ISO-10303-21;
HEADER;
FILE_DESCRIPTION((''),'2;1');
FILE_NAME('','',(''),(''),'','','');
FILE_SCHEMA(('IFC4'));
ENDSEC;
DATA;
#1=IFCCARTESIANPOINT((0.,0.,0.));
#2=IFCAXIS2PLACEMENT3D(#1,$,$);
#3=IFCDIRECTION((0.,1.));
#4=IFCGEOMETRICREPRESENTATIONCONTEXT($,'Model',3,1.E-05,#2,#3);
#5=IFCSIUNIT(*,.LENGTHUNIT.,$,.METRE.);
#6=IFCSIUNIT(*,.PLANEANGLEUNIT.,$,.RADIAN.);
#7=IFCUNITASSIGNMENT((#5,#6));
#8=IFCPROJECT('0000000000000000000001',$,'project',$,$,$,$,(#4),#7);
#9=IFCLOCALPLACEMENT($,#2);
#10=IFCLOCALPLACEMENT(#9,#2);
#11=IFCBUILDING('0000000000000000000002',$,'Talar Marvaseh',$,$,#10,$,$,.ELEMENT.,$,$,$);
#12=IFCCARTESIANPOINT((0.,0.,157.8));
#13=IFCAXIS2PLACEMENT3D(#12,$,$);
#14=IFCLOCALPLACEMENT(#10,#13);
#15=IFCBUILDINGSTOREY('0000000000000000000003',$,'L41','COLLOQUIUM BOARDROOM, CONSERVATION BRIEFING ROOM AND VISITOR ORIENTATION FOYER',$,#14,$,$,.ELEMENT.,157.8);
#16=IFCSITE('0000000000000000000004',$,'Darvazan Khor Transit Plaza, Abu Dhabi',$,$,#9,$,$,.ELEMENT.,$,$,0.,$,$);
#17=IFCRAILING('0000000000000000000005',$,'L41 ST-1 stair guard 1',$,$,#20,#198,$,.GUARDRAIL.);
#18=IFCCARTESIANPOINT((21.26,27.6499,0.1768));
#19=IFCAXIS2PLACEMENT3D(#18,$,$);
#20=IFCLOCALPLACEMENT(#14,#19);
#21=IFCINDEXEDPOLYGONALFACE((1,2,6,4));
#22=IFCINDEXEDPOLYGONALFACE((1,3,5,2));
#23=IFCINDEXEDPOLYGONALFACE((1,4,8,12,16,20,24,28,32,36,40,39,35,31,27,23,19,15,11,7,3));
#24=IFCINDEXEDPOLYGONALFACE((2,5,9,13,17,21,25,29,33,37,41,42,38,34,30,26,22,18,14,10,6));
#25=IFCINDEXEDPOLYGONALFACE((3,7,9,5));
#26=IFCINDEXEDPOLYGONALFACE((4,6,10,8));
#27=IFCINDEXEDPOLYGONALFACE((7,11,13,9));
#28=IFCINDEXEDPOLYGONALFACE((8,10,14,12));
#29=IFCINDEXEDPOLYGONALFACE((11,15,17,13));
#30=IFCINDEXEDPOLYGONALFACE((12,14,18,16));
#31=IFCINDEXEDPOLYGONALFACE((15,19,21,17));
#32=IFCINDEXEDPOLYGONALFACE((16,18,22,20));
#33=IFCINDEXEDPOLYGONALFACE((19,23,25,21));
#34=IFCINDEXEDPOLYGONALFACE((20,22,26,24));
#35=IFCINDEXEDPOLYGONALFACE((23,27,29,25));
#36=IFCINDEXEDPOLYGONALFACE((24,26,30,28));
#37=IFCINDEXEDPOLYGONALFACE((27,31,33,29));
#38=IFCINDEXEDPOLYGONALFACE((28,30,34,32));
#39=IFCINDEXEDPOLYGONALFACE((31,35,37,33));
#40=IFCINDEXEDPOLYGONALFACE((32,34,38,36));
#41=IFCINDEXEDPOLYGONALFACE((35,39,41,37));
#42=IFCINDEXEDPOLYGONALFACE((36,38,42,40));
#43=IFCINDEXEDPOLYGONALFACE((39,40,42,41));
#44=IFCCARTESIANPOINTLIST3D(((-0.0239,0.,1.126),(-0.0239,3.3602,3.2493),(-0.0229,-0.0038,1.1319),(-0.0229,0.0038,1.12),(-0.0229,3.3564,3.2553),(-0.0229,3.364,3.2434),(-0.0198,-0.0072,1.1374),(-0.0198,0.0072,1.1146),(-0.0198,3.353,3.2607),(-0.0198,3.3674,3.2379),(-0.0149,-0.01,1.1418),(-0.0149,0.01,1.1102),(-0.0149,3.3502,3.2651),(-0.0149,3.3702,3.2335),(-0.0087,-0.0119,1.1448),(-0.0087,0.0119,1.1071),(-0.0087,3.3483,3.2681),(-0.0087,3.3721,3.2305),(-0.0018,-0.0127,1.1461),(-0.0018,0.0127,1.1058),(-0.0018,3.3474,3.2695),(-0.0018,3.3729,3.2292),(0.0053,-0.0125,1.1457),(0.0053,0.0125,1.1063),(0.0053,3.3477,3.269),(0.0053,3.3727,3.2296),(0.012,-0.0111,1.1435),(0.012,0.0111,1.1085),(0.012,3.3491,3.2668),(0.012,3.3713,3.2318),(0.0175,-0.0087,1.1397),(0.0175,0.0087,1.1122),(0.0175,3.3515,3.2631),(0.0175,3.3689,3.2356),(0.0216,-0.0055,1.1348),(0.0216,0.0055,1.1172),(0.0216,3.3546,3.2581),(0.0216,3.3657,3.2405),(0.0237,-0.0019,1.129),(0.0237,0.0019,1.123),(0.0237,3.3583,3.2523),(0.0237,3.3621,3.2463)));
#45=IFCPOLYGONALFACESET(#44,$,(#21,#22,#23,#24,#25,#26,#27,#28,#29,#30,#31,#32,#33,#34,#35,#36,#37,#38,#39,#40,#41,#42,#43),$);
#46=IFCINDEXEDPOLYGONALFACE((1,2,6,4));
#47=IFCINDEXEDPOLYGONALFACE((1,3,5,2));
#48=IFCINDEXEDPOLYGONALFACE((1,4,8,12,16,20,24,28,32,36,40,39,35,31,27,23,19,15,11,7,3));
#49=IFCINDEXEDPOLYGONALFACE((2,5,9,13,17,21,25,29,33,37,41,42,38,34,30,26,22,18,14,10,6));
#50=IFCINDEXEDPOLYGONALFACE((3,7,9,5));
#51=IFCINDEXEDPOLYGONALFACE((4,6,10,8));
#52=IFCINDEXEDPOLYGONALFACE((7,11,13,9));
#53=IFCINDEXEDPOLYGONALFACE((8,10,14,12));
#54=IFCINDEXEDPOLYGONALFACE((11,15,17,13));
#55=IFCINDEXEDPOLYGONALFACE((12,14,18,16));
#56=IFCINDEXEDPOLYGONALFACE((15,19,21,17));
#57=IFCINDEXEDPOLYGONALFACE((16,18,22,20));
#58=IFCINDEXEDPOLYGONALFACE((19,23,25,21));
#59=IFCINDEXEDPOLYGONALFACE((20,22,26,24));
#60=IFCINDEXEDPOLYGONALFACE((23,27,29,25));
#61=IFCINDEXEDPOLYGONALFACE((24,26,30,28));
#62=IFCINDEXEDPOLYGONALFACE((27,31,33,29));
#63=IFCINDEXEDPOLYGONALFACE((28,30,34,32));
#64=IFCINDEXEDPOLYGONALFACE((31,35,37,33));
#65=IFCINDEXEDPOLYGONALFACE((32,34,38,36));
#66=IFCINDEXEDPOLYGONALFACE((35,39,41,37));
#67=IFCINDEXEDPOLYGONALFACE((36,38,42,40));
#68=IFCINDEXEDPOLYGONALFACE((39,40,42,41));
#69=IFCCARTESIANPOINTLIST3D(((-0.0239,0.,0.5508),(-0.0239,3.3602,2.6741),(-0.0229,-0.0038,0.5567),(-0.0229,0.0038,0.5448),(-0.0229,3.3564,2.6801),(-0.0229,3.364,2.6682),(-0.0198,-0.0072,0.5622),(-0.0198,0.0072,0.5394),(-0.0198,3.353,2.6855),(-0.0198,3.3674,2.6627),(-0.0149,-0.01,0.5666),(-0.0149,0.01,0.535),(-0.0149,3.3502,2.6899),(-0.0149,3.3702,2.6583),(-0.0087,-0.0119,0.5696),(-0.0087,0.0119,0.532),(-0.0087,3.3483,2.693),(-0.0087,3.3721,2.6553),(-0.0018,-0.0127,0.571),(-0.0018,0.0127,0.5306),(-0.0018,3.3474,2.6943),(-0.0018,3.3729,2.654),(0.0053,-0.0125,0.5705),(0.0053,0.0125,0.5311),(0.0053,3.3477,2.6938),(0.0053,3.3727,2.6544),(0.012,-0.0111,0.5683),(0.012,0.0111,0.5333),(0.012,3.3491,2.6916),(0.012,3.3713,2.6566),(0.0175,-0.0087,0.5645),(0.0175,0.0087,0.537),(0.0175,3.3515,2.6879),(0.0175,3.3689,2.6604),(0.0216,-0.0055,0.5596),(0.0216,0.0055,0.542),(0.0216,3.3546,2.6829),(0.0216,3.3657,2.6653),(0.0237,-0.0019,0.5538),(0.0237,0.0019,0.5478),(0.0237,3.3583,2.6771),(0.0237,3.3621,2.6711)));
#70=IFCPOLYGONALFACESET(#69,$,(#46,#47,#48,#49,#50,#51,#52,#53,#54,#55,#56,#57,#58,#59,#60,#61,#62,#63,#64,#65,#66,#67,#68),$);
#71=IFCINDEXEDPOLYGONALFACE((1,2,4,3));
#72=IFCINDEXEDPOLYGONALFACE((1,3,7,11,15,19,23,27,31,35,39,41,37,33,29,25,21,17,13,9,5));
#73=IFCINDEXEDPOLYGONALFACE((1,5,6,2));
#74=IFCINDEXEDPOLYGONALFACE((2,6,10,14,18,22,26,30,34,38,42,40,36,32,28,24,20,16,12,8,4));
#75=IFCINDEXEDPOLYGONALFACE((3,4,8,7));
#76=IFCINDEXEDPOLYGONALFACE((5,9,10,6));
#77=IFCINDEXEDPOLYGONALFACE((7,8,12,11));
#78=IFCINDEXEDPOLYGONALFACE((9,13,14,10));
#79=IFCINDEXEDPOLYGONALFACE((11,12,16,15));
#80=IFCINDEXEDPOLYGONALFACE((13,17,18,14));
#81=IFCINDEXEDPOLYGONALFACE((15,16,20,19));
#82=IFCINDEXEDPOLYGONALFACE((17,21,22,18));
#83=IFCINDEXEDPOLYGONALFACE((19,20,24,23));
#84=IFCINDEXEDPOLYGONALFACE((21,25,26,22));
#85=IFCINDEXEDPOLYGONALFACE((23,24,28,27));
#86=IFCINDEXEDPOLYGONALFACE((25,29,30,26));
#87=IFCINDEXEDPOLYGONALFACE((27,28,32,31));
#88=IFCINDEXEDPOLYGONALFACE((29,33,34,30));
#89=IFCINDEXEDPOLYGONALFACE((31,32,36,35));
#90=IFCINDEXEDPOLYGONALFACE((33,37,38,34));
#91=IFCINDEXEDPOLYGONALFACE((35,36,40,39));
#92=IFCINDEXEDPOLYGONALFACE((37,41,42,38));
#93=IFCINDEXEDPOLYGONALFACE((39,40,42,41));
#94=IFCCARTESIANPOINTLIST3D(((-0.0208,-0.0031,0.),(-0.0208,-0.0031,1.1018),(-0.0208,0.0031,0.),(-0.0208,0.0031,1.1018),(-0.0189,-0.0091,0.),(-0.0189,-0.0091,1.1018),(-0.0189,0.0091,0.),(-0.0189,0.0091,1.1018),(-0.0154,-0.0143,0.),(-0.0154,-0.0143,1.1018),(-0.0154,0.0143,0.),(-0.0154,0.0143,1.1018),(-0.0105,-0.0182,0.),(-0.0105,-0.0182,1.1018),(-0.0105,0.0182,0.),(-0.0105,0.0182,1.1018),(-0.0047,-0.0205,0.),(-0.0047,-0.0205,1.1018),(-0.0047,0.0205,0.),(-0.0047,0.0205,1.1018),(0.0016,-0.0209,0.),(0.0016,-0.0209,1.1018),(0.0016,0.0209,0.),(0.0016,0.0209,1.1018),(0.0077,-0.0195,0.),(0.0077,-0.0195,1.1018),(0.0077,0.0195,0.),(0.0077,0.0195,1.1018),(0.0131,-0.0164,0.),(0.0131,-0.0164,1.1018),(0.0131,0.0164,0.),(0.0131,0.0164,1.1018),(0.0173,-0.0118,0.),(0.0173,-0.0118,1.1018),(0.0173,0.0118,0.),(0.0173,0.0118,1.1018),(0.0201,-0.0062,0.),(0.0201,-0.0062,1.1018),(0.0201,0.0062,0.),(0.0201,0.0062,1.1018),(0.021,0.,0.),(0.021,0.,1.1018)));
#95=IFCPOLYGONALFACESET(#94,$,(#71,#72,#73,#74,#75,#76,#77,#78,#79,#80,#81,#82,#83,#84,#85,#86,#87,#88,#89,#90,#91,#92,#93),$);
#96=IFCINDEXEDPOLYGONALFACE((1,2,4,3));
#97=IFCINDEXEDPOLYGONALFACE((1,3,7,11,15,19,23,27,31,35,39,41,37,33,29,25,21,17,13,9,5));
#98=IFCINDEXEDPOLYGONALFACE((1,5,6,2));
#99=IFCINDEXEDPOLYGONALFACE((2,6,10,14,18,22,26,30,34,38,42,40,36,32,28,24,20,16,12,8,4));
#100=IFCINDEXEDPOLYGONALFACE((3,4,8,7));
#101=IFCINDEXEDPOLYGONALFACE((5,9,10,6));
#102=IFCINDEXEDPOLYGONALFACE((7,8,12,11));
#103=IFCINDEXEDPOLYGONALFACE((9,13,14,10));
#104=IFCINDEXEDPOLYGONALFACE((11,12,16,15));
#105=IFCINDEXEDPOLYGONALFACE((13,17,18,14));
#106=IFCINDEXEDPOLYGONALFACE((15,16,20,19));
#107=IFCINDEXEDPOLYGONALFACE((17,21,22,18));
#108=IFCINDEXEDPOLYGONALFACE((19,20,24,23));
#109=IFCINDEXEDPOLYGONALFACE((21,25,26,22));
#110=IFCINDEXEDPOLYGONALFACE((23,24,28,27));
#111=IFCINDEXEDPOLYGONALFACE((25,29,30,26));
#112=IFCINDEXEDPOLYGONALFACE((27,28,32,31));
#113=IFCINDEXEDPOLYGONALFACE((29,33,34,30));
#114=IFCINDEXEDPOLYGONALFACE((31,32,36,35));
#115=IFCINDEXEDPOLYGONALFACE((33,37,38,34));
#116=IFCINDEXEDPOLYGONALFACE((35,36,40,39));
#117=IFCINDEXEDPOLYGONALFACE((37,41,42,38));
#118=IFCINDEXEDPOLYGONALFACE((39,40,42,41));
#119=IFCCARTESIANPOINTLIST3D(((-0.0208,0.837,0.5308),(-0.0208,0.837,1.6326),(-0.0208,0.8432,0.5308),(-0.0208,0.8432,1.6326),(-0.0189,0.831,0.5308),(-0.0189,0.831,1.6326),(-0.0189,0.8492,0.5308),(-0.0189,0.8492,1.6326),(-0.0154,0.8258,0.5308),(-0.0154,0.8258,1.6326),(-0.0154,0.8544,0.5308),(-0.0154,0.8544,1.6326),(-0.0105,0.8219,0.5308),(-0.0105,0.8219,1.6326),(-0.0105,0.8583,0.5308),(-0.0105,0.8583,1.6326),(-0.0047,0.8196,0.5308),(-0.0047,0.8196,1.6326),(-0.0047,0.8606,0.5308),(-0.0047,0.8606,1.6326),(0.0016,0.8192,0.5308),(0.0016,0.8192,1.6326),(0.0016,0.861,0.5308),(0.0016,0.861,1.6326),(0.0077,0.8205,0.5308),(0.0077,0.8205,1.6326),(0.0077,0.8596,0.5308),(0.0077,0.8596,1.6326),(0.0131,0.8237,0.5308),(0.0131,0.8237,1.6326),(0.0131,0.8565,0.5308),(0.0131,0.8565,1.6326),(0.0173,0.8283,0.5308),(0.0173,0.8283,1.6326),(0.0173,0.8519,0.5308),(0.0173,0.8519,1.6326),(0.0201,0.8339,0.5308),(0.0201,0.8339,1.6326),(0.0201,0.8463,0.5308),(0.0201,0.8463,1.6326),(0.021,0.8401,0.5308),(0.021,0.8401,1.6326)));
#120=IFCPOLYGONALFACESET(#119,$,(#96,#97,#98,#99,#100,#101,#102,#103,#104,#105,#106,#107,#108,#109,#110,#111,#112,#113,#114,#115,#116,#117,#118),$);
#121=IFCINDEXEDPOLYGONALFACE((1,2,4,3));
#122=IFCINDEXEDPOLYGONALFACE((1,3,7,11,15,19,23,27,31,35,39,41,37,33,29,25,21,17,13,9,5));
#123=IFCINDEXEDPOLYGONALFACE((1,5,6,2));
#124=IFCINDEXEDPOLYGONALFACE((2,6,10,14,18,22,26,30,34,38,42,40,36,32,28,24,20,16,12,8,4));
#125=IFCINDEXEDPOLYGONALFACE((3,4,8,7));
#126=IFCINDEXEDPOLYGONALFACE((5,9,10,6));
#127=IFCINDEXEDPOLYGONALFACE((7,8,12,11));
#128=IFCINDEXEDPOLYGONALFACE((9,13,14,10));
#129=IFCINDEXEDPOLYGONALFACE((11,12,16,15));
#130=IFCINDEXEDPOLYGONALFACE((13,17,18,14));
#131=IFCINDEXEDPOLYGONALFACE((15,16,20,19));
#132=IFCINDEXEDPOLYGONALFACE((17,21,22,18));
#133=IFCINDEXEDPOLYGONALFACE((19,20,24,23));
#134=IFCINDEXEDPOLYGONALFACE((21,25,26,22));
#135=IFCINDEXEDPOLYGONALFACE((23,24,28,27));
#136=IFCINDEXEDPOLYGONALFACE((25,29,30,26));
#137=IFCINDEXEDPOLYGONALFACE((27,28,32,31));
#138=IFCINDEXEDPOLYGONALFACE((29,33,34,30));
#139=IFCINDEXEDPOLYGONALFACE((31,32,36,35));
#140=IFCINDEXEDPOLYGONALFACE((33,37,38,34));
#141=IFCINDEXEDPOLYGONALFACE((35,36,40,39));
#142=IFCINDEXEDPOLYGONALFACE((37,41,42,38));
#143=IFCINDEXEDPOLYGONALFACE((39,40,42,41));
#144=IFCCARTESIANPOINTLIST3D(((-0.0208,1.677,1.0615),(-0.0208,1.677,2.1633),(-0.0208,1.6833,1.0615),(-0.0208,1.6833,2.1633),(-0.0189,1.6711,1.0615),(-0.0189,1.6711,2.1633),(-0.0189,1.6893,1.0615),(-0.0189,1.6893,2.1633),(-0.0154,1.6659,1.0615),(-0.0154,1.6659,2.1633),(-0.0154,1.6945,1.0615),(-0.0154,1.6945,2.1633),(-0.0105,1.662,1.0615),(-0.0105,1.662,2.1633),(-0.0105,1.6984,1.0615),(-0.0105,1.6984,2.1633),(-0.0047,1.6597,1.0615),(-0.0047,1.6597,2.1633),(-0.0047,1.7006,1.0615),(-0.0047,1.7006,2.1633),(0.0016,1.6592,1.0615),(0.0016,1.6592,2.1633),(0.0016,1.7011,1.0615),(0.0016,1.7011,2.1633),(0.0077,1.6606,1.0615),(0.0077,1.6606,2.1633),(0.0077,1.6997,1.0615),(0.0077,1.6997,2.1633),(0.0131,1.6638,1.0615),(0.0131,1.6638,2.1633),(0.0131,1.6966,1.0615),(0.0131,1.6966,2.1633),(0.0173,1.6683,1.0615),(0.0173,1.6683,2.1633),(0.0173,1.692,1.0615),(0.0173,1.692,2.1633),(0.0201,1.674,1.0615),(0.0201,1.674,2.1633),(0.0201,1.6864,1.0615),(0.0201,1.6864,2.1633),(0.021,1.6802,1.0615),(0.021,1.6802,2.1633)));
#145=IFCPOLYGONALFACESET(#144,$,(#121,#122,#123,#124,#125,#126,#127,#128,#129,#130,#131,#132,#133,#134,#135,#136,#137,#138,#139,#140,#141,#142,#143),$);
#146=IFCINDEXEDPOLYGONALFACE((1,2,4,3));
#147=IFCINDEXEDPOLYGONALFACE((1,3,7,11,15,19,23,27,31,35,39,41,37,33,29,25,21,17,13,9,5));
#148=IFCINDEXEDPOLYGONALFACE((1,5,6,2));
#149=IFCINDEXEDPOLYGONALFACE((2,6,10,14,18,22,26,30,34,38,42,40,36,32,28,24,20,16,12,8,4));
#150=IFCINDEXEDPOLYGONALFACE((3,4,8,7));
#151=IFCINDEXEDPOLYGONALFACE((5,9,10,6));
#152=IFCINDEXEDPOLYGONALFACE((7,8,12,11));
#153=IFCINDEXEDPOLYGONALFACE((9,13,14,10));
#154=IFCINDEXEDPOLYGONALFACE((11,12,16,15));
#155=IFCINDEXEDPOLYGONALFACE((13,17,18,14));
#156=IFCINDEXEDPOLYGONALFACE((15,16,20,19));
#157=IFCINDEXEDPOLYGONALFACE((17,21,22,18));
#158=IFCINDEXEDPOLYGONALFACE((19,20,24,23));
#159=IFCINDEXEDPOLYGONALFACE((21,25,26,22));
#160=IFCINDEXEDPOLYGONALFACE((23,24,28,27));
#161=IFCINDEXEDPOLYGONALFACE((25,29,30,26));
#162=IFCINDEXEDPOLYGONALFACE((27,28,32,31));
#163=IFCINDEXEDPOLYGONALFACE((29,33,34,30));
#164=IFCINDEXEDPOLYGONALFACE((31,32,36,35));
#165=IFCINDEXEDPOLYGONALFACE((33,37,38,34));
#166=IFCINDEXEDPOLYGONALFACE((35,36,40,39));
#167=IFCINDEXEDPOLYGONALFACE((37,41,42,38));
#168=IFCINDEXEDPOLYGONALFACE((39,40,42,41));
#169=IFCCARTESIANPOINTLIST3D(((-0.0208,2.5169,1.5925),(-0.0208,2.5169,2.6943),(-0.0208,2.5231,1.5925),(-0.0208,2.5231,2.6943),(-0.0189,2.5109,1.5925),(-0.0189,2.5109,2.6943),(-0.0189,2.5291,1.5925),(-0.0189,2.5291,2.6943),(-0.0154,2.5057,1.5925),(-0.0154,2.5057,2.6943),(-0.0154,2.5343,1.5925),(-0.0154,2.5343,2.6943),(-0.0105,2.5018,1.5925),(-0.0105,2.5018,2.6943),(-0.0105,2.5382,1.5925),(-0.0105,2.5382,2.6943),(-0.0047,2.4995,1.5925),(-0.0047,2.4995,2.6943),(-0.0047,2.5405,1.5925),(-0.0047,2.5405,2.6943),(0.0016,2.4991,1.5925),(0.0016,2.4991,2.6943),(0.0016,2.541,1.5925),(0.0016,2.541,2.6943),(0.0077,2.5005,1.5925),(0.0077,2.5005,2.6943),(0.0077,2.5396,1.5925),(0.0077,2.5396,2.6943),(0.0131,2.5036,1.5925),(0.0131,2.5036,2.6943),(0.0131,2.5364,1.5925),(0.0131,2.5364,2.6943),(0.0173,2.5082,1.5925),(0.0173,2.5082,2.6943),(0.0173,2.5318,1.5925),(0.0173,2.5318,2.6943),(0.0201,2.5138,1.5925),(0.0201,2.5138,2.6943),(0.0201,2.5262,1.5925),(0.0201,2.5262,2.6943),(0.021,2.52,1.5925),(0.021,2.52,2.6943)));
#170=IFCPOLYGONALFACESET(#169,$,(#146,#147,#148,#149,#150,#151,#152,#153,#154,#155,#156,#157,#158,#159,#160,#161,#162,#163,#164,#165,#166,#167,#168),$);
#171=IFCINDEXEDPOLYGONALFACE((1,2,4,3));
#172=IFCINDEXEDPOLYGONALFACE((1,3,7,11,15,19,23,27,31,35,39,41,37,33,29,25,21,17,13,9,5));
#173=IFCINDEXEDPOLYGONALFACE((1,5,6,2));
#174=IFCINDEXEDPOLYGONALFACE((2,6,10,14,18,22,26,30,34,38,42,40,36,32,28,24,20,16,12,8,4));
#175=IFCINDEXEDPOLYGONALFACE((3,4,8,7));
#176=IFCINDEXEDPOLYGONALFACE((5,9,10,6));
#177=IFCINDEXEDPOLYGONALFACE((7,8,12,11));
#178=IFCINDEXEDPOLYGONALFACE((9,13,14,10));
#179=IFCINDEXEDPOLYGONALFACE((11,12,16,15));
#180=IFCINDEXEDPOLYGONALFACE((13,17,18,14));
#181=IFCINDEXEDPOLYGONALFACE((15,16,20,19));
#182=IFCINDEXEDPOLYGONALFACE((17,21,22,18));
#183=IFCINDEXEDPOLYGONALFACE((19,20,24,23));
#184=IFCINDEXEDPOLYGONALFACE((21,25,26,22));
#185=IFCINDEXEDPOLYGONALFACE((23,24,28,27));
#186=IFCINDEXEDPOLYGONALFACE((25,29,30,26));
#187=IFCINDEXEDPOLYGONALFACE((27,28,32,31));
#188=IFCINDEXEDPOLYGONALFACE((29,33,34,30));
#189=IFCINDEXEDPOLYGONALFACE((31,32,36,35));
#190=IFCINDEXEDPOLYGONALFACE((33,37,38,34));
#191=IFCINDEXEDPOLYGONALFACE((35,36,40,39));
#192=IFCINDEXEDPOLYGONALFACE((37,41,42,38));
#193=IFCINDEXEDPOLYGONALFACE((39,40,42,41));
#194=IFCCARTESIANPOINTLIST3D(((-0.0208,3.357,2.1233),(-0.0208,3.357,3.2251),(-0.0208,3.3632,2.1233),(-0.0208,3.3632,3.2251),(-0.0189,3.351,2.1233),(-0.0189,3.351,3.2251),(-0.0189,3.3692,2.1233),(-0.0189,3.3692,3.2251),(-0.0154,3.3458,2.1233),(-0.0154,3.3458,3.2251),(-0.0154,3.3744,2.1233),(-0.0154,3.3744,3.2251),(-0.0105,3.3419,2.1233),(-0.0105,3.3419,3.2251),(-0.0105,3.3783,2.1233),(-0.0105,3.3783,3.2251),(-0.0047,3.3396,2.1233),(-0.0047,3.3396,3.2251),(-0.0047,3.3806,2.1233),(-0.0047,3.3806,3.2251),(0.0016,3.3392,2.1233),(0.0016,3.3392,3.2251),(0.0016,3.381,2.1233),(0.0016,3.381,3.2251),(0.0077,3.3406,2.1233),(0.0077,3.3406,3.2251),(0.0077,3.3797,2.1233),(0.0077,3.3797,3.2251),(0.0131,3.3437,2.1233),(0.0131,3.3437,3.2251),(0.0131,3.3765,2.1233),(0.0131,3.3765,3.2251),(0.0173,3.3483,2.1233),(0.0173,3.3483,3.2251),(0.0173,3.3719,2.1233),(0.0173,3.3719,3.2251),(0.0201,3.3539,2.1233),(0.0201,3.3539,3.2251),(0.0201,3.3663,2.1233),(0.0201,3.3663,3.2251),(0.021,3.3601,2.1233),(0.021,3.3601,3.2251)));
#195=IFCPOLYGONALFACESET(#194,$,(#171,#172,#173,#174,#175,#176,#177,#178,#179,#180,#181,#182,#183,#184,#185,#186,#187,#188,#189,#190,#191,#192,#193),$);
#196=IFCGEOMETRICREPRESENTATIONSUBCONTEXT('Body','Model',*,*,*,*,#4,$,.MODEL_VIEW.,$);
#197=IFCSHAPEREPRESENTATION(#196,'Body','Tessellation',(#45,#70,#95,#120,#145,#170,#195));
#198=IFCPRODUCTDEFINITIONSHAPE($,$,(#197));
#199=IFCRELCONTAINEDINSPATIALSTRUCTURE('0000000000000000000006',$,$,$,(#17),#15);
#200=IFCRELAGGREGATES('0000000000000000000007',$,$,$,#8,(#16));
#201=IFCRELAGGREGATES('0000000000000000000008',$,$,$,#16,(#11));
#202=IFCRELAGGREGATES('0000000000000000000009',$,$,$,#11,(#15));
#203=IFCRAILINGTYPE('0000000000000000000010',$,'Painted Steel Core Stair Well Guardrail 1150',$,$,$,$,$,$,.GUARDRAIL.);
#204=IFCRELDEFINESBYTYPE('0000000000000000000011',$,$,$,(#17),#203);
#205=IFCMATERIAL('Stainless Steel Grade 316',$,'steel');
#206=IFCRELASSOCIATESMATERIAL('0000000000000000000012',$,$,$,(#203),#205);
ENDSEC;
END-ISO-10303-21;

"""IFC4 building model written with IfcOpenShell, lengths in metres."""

from ifc_helpers import new_model, si_unit, direction, frame, origin, origin_2d, place, context, subcontext, project, spatial, circle, extrude, material, type_object, element, save


model = new_model("IFC4")

# Units and contexts
model_context = context("Model", 3, precision=1e-05, world=origin(), true_north=direction((0.0, 1.0)))
body_context = subcontext(model_context, "Body", "Model", "MODEL_VIEW")
ifc_project = project(units=[si_unit("LENGTHUNIT", "METRE"), si_unit("PLANEANGLEUNIT", "RADIAN")], contexts=[model_context])

# Site, building, storey
site_placement = place(None, origin())
site = spatial("IfcSite", under=ifc_project, at=site_placement, Name="Darvazan Khor Transit Plaza, Abu Dhabi", CompositionType="ELEMENT", RefElevation=0.0)
building_placement = place(site_placement, origin())
building = spatial("IfcBuilding", under=site, at=building_placement, Name="Talar Marvaseh", CompositionType="ELEMENT")
storey_placement = place(building_placement, frame((0.0, 0.0, 157.8)))
storey = spatial("IfcBuildingStorey", under=building, at=storey_placement, Name="L41", Description="COLLOQUIUM BOARDROOM, CONSERVATION BRIEFING ROOM AND VISITOR ORIENTATION FOYER", CompositionType="ELEMENT", Elevation=157.8)

# Shared definitions
ifc_material_1 = material(Name="Stainless Steel Grade 316", Category="steel")

# Railing
railing_type_1 = type_object("IfcRailingType", Name="Painted Steel Core Stair Well Guardrail 1150", PredefinedType="GUARDRAIL", material=ifc_material_1)
railing_1_placement = place(storey_placement, frame((21.26, 27.6499, 0.1768)))
element("IfcRailing", 1, at=railing_1_placement, inside=storey, type_object=railing_type_1, Name="L41 ST-1 stair guard 1", PredefinedType="GUARDRAIL", context=body_context, shape_type="SweptSolid", body=[
    extrude(circle(Radius=0.0239, at=origin_2d()), frame((0.0, 0.0, 1.126), z_axis=(0.0, 0.845362, 0.534194), x_axis=(-1.0, 0.0, 0.0)), (0.0, 0.0, 1.0), 3.9749),
    extrude(circle(Radius=0.0239, at=origin_2d()), frame((0.0, 0.0, 0.5508), z_axis=(0.0, 0.845362, 0.534194), x_axis=(-1.0, 0.0, 0.0)), (0.0, 0.0, 1.0), 3.9749),
    extrude(circle(Radius=0.021, at=origin_2d()), origin(), (0.0, 0.0, 1.0), 1.1018),
    extrude(circle(Radius=0.021, at=origin_2d()), frame((0.0, 0.8401, 0.5308)), (0.0, 0.0, 1.0), 1.1018),
    extrude(circle(Radius=0.021, at=origin_2d()), frame((0.0, 1.6802, 1.0615)), (0.0, 0.0, 1.0), 1.1018),
    extrude(circle(Radius=0.021, at=origin_2d()), frame((0.0, 2.52, 1.5925)), (0.0, 0.0, 1.0), 1.1018),
    extrude(circle(Radius=0.021, at=origin_2d()), frame((0.0, 3.3601, 2.1233)), (0.0, 0.0, 1.0), 1.1018),
])

save(model, "model.ifc")
